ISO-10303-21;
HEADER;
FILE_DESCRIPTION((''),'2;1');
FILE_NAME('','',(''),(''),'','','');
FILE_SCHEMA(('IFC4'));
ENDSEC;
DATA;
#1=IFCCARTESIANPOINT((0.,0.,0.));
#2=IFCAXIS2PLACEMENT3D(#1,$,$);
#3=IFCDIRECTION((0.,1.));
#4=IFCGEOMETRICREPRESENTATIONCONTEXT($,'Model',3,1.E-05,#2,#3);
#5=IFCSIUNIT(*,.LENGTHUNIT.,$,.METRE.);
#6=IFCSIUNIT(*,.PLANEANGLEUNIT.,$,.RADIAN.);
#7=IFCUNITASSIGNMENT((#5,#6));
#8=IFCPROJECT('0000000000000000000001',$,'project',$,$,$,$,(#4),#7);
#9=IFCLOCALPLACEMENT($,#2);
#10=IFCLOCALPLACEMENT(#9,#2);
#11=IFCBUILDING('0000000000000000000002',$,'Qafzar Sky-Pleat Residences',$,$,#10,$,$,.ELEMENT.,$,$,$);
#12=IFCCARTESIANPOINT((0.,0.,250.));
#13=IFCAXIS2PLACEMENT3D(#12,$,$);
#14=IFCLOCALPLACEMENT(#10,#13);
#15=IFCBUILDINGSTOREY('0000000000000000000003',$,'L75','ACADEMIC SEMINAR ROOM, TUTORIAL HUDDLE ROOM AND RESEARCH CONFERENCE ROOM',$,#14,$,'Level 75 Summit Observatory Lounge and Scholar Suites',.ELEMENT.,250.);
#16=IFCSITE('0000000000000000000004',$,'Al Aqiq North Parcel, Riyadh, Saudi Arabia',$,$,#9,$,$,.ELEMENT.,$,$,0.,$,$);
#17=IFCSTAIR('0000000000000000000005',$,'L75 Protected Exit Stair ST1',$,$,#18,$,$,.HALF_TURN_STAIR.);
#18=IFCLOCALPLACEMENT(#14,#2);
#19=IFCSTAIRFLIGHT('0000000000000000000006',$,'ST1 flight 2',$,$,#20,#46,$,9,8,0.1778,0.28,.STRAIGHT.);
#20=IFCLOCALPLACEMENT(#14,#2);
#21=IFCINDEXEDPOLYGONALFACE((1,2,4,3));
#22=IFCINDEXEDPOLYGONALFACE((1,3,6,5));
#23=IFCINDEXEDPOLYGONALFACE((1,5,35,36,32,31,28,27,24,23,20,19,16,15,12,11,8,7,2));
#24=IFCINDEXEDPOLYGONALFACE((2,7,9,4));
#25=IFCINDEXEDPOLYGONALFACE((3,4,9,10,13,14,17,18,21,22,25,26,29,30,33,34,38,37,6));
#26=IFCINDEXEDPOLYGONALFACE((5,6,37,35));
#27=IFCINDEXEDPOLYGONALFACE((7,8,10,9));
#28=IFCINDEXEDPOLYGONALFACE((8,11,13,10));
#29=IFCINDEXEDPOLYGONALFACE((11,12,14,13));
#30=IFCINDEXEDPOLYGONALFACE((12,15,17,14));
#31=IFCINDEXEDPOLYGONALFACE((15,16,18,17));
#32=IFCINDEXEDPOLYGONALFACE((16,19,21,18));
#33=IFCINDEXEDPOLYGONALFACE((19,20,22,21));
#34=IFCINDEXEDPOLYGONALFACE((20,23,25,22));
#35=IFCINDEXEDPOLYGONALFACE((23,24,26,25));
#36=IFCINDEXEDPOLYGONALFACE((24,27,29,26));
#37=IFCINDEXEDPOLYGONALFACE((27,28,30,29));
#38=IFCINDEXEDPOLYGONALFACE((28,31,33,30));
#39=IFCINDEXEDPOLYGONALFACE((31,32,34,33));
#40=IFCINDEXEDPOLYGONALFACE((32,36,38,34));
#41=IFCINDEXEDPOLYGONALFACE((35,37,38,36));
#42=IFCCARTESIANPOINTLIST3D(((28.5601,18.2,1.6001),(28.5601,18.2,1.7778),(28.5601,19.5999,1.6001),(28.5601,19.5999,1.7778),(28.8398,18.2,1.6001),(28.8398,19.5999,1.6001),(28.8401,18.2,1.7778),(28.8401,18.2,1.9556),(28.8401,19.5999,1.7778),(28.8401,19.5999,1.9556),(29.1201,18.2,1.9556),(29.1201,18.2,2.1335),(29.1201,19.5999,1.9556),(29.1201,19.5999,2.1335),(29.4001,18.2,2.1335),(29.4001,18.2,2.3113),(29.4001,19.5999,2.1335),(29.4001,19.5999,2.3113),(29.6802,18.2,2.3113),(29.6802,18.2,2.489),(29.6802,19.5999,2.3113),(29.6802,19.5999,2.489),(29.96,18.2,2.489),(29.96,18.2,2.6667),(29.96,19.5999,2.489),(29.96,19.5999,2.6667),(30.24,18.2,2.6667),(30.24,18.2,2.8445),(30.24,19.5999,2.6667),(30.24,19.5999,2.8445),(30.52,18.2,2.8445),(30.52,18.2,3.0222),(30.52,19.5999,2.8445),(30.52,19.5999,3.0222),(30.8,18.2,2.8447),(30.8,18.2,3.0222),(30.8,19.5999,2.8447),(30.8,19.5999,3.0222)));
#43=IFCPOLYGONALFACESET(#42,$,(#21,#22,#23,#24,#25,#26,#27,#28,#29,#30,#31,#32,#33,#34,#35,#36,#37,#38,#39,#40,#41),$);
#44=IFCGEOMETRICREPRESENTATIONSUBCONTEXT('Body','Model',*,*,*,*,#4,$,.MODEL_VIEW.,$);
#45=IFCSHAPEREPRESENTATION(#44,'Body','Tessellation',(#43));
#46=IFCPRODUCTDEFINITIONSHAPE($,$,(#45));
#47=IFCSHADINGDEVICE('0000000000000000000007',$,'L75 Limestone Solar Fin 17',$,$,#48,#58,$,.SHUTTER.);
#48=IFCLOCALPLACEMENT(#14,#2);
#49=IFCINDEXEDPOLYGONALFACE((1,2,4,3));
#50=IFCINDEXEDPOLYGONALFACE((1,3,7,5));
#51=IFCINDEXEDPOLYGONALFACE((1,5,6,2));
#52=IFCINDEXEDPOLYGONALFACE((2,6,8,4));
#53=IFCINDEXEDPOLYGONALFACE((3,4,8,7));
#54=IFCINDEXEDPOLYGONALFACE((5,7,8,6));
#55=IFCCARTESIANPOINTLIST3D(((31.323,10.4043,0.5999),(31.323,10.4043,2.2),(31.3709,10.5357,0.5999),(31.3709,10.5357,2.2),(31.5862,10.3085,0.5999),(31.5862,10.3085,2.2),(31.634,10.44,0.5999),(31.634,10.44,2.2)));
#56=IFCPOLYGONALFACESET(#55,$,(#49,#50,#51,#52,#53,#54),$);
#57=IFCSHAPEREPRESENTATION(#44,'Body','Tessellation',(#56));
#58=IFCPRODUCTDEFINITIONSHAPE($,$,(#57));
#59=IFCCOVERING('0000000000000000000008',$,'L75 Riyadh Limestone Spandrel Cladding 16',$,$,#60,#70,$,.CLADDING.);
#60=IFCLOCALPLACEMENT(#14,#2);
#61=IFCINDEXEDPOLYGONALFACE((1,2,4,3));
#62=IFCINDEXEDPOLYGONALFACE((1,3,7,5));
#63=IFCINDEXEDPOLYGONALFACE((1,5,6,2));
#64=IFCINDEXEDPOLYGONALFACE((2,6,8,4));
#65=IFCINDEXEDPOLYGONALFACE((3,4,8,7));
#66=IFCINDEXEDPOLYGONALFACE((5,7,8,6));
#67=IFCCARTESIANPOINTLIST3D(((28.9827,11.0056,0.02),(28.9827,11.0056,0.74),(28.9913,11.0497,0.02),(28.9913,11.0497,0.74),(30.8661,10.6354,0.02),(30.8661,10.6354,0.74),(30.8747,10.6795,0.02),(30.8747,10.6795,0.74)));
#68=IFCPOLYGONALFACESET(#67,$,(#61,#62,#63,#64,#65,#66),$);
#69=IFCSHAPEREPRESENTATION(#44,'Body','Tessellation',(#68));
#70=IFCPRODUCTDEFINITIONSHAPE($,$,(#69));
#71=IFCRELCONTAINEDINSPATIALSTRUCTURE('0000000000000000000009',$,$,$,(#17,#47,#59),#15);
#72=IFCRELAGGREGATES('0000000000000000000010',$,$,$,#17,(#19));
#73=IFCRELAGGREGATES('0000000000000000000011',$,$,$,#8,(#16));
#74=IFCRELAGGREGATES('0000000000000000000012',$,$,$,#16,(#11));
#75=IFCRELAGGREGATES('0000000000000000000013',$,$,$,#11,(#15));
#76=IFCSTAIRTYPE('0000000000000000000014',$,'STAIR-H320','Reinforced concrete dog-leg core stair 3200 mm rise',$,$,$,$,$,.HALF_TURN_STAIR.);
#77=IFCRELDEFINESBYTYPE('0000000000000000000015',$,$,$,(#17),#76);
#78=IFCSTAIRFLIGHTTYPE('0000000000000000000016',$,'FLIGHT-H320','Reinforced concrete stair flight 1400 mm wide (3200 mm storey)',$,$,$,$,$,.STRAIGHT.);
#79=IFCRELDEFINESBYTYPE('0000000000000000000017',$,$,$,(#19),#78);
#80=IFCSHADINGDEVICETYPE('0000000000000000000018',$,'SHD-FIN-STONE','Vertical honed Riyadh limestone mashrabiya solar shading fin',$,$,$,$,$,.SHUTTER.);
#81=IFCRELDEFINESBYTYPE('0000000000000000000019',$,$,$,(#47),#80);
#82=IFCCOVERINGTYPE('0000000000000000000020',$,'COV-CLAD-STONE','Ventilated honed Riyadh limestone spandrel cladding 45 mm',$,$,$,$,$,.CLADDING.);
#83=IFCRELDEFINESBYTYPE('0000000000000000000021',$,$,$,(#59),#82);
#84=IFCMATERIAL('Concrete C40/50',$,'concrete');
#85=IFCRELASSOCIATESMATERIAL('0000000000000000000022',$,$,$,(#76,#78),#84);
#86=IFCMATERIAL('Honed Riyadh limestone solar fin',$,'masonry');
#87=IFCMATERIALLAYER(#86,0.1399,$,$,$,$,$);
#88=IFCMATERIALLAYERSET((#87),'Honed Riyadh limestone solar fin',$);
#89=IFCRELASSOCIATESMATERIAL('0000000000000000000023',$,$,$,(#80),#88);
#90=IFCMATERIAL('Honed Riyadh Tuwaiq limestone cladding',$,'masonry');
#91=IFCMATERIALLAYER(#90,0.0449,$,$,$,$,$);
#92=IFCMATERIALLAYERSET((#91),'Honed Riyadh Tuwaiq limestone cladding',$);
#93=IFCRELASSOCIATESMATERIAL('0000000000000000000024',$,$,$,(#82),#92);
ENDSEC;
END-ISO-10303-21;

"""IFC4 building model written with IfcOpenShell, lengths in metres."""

from ifc_helpers import new_model, si_unit, direction, frame, origin, origin_2d, place, context, subcontext, project, spatial, polyline, rectangle, outline, extrude, source, transform, mapped, material, layer, layer_set, type_object, element, aggregate, save


model = new_model("IFC4")

# Units and contexts
model_context = context("Model", 3, precision=1e-05, world=origin(), true_north=direction((0.0, 1.0)))
body_context = subcontext(model_context, "Body", "Model", "MODEL_VIEW")
ifc_project = project(units=[si_unit("LENGTHUNIT", "METRE"), si_unit("PLANEANGLEUNIT", "RADIAN")], contexts=[model_context])

# Site, building, storey
site_placement = place(None, origin())
site = spatial("IfcSite", under=ifc_project, at=site_placement, Name="Al Aqiq North Parcel, Riyadh, Saudi Arabia", CompositionType="ELEMENT", RefElevation=0.0)
building_placement = place(site_placement, origin())
building = spatial("IfcBuilding", under=site, at=building_placement, Name="Qafzar Sky-Pleat Residences", CompositionType="ELEMENT")
storey_placement = place(building_placement, frame((0.0, 0.0, 250.0)))
storey = spatial("IfcBuildingStorey", under=building, at=storey_placement, Name="L75", Description="ACADEMIC SEMINAR ROOM, TUTORIAL HUDDLE ROOM AND RESEARCH CONFERENCE ROOM", LongName="Level 75 Summit Observatory Lounge and Scholar Suites", CompositionType="ELEMENT", Elevation=250.0)

# Stair, stair flight
ifc_material_1 = material(Name="Concrete C40/50", Category="concrete")
stair_type = type_object("IfcStairType", Name="STAIR-H320", Description="Reinforced concrete dog-leg core stair 3200 mm rise", PredefinedType="HALF_TURN_STAIR", material=ifc_material_1)
stair_placement = place(storey_placement, origin())
stair = element("IfcStair", 1, at=stair_placement, inside=storey, type_object=stair_type, Name="L75 Protected Exit Stair ST1", PredefinedType="HALF_TURN_STAIR")
stair_flight_type = type_object("IfcStairFlightType", Name="FLIGHT-H320", Description="Reinforced concrete stair flight 1400 mm wide (3200 mm storey)", PredefinedType="STRAIGHT", material=ifc_material_1)
shared_shape_1 = source(origin(), body_context, "Body", "SweptSolid", [
    extrude(outline(polyline([(0.0, 0.0), (0.0, 0.1777), (0.28, 0.1777), (0.28, 0.3555), (0.5601, 0.3555), (0.5601, 0.5334), (0.8401, 0.5334), (0.8401, 0.7112), (1.1201, 0.7112), (1.1201, 0.8889), (1.3999, 0.8889), (1.3999, 1.0667), (1.6799, 1.0667), (1.6799, 1.2444), (1.96, 1.2444), (1.96, 1.4221), (2.24, 1.4221), (2.24, 1.6001), (2.24, 1.2446), (0.2798, 0.0), (0.0, 0.0)])), frame((0.0, 0.7, 0.0), z_axis=(0.0, -1.0, 0.0), x_axis=(1.0, 0.0, 0.0)), (0.0, 0.0, 1.0), 1.3999),
])
stair_flight_placement = place(storey_placement, frame((28.5601, 18.8999, 1.6001), z_axis=(0.0, 0.0, 1.0), x_axis=(1.0, 0.0, 0.0)))
stair_flight = element("IfcStairFlight", 2, at=stair_flight_placement, type_object=stair_flight_type, Name="ST1 flight 2", NumberOfRisers=9, NumberOfTreads=8, PredefinedType="STRAIGHT", RiserHeight=0.1778, TreadLength=0.28, context=body_context, shape_type="MappedRepresentation", body=[
    mapped(shared_shape_1, transform((0.0, 0.0, 0.0), x_axis=(1.0, 0.0, 0.0), y_axis=(0.0, 1.0, 0.0), z_axis=(0.0, 0.0, 1.0), scale=1.0)),
])
aggregate(stair, [stair_flight])

# Shading device
ifc_material_2 = material(Name="Honed Riyadh limestone solar fin", Category="masonry")
ifc_layer_1 = layer(ifc_material_2, 0.1399)
ifc_layer_set_1 = layer_set([ifc_layer_1], Name="Honed Riyadh limestone solar fin")
shading_device_type = type_object("IfcShadingDeviceType", Name="SHD-FIN-STONE", Description="Vertical honed Riyadh limestone mashrabiya solar shading fin", PredefinedType="SHUTTER", material=ifc_layer_set_1)
shared_shape_2 = source(origin(), body_context, "Body", "SweptSolid", [
    extrude(rectangle(XDim=0.1399, YDim=0.28, at=origin_2d()), origin(), (0.0, 0.0, 1.0), 1.6001),
])
shading_device_placement = place(storey_placement, frame((31.4785, 10.4221, 0.5999), z_axis=(0.0, 0.0, 1.0), x_axis=(-0.34201, -0.939696, 0.0)))
element("IfcShadingDevice", 3, at=shading_device_placement, inside=storey, type_object=shading_device_type, Name="L75 Limestone Solar Fin 17", PredefinedType="SHUTTER", context=body_context, shape_type="MappedRepresentation", body=[
    mapped(shared_shape_2, transform((0.0, 0.0, 0.0), x_axis=(1.0, 0.0, 0.0), y_axis=(0.0, 1.0, 0.0), z_axis=(0.0, 0.0, 1.0), scale=1.0)),
])

# Covering
ifc_material_3 = material(Name="Honed Riyadh Tuwaiq limestone cladding", Category="masonry")
ifc_layer_2 = layer(ifc_material_3, 0.0449)
ifc_layer_set_2 = layer_set([ifc_layer_2], Name="Honed Riyadh Tuwaiq limestone cladding")
covering_type = type_object("IfcCoveringType", Name="COV-CLAD-STONE", Description="Ventilated honed Riyadh limestone spandrel cladding 45 mm", PredefinedType="CLADDING", material=ifc_layer_set_2)
shared_shape_3 = source(origin(), body_context, "Body", "SweptSolid", [
    extrude(rectangle(XDim=1.9194, YDim=0.0449, at=origin_2d()), origin(), (0.0, 0.0, 1.0), 0.72),
])
covering_placement = place(storey_placement, frame((29.9287, 10.8425, 0.02), z_axis=(0.0, 0.0, 1.0), x_axis=(0.981228, -0.192851, 0.0)))
element("IfcCovering", 4, at=covering_placement, inside=storey, type_object=covering_type, Name="L75 Riyadh Limestone Spandrel Cladding 16", PredefinedType="CLADDING", context=body_context, shape_type="MappedRepresentation", body=[
    mapped(shared_shape_3, transform((0.0, 0.0, 0.0), x_axis=(1.0, 0.0, 0.0), y_axis=(0.0, 1.0, 0.0), z_axis=(0.0, 0.0, 1.0), scale=1.0)),
])

save(model, "model.ifc")
